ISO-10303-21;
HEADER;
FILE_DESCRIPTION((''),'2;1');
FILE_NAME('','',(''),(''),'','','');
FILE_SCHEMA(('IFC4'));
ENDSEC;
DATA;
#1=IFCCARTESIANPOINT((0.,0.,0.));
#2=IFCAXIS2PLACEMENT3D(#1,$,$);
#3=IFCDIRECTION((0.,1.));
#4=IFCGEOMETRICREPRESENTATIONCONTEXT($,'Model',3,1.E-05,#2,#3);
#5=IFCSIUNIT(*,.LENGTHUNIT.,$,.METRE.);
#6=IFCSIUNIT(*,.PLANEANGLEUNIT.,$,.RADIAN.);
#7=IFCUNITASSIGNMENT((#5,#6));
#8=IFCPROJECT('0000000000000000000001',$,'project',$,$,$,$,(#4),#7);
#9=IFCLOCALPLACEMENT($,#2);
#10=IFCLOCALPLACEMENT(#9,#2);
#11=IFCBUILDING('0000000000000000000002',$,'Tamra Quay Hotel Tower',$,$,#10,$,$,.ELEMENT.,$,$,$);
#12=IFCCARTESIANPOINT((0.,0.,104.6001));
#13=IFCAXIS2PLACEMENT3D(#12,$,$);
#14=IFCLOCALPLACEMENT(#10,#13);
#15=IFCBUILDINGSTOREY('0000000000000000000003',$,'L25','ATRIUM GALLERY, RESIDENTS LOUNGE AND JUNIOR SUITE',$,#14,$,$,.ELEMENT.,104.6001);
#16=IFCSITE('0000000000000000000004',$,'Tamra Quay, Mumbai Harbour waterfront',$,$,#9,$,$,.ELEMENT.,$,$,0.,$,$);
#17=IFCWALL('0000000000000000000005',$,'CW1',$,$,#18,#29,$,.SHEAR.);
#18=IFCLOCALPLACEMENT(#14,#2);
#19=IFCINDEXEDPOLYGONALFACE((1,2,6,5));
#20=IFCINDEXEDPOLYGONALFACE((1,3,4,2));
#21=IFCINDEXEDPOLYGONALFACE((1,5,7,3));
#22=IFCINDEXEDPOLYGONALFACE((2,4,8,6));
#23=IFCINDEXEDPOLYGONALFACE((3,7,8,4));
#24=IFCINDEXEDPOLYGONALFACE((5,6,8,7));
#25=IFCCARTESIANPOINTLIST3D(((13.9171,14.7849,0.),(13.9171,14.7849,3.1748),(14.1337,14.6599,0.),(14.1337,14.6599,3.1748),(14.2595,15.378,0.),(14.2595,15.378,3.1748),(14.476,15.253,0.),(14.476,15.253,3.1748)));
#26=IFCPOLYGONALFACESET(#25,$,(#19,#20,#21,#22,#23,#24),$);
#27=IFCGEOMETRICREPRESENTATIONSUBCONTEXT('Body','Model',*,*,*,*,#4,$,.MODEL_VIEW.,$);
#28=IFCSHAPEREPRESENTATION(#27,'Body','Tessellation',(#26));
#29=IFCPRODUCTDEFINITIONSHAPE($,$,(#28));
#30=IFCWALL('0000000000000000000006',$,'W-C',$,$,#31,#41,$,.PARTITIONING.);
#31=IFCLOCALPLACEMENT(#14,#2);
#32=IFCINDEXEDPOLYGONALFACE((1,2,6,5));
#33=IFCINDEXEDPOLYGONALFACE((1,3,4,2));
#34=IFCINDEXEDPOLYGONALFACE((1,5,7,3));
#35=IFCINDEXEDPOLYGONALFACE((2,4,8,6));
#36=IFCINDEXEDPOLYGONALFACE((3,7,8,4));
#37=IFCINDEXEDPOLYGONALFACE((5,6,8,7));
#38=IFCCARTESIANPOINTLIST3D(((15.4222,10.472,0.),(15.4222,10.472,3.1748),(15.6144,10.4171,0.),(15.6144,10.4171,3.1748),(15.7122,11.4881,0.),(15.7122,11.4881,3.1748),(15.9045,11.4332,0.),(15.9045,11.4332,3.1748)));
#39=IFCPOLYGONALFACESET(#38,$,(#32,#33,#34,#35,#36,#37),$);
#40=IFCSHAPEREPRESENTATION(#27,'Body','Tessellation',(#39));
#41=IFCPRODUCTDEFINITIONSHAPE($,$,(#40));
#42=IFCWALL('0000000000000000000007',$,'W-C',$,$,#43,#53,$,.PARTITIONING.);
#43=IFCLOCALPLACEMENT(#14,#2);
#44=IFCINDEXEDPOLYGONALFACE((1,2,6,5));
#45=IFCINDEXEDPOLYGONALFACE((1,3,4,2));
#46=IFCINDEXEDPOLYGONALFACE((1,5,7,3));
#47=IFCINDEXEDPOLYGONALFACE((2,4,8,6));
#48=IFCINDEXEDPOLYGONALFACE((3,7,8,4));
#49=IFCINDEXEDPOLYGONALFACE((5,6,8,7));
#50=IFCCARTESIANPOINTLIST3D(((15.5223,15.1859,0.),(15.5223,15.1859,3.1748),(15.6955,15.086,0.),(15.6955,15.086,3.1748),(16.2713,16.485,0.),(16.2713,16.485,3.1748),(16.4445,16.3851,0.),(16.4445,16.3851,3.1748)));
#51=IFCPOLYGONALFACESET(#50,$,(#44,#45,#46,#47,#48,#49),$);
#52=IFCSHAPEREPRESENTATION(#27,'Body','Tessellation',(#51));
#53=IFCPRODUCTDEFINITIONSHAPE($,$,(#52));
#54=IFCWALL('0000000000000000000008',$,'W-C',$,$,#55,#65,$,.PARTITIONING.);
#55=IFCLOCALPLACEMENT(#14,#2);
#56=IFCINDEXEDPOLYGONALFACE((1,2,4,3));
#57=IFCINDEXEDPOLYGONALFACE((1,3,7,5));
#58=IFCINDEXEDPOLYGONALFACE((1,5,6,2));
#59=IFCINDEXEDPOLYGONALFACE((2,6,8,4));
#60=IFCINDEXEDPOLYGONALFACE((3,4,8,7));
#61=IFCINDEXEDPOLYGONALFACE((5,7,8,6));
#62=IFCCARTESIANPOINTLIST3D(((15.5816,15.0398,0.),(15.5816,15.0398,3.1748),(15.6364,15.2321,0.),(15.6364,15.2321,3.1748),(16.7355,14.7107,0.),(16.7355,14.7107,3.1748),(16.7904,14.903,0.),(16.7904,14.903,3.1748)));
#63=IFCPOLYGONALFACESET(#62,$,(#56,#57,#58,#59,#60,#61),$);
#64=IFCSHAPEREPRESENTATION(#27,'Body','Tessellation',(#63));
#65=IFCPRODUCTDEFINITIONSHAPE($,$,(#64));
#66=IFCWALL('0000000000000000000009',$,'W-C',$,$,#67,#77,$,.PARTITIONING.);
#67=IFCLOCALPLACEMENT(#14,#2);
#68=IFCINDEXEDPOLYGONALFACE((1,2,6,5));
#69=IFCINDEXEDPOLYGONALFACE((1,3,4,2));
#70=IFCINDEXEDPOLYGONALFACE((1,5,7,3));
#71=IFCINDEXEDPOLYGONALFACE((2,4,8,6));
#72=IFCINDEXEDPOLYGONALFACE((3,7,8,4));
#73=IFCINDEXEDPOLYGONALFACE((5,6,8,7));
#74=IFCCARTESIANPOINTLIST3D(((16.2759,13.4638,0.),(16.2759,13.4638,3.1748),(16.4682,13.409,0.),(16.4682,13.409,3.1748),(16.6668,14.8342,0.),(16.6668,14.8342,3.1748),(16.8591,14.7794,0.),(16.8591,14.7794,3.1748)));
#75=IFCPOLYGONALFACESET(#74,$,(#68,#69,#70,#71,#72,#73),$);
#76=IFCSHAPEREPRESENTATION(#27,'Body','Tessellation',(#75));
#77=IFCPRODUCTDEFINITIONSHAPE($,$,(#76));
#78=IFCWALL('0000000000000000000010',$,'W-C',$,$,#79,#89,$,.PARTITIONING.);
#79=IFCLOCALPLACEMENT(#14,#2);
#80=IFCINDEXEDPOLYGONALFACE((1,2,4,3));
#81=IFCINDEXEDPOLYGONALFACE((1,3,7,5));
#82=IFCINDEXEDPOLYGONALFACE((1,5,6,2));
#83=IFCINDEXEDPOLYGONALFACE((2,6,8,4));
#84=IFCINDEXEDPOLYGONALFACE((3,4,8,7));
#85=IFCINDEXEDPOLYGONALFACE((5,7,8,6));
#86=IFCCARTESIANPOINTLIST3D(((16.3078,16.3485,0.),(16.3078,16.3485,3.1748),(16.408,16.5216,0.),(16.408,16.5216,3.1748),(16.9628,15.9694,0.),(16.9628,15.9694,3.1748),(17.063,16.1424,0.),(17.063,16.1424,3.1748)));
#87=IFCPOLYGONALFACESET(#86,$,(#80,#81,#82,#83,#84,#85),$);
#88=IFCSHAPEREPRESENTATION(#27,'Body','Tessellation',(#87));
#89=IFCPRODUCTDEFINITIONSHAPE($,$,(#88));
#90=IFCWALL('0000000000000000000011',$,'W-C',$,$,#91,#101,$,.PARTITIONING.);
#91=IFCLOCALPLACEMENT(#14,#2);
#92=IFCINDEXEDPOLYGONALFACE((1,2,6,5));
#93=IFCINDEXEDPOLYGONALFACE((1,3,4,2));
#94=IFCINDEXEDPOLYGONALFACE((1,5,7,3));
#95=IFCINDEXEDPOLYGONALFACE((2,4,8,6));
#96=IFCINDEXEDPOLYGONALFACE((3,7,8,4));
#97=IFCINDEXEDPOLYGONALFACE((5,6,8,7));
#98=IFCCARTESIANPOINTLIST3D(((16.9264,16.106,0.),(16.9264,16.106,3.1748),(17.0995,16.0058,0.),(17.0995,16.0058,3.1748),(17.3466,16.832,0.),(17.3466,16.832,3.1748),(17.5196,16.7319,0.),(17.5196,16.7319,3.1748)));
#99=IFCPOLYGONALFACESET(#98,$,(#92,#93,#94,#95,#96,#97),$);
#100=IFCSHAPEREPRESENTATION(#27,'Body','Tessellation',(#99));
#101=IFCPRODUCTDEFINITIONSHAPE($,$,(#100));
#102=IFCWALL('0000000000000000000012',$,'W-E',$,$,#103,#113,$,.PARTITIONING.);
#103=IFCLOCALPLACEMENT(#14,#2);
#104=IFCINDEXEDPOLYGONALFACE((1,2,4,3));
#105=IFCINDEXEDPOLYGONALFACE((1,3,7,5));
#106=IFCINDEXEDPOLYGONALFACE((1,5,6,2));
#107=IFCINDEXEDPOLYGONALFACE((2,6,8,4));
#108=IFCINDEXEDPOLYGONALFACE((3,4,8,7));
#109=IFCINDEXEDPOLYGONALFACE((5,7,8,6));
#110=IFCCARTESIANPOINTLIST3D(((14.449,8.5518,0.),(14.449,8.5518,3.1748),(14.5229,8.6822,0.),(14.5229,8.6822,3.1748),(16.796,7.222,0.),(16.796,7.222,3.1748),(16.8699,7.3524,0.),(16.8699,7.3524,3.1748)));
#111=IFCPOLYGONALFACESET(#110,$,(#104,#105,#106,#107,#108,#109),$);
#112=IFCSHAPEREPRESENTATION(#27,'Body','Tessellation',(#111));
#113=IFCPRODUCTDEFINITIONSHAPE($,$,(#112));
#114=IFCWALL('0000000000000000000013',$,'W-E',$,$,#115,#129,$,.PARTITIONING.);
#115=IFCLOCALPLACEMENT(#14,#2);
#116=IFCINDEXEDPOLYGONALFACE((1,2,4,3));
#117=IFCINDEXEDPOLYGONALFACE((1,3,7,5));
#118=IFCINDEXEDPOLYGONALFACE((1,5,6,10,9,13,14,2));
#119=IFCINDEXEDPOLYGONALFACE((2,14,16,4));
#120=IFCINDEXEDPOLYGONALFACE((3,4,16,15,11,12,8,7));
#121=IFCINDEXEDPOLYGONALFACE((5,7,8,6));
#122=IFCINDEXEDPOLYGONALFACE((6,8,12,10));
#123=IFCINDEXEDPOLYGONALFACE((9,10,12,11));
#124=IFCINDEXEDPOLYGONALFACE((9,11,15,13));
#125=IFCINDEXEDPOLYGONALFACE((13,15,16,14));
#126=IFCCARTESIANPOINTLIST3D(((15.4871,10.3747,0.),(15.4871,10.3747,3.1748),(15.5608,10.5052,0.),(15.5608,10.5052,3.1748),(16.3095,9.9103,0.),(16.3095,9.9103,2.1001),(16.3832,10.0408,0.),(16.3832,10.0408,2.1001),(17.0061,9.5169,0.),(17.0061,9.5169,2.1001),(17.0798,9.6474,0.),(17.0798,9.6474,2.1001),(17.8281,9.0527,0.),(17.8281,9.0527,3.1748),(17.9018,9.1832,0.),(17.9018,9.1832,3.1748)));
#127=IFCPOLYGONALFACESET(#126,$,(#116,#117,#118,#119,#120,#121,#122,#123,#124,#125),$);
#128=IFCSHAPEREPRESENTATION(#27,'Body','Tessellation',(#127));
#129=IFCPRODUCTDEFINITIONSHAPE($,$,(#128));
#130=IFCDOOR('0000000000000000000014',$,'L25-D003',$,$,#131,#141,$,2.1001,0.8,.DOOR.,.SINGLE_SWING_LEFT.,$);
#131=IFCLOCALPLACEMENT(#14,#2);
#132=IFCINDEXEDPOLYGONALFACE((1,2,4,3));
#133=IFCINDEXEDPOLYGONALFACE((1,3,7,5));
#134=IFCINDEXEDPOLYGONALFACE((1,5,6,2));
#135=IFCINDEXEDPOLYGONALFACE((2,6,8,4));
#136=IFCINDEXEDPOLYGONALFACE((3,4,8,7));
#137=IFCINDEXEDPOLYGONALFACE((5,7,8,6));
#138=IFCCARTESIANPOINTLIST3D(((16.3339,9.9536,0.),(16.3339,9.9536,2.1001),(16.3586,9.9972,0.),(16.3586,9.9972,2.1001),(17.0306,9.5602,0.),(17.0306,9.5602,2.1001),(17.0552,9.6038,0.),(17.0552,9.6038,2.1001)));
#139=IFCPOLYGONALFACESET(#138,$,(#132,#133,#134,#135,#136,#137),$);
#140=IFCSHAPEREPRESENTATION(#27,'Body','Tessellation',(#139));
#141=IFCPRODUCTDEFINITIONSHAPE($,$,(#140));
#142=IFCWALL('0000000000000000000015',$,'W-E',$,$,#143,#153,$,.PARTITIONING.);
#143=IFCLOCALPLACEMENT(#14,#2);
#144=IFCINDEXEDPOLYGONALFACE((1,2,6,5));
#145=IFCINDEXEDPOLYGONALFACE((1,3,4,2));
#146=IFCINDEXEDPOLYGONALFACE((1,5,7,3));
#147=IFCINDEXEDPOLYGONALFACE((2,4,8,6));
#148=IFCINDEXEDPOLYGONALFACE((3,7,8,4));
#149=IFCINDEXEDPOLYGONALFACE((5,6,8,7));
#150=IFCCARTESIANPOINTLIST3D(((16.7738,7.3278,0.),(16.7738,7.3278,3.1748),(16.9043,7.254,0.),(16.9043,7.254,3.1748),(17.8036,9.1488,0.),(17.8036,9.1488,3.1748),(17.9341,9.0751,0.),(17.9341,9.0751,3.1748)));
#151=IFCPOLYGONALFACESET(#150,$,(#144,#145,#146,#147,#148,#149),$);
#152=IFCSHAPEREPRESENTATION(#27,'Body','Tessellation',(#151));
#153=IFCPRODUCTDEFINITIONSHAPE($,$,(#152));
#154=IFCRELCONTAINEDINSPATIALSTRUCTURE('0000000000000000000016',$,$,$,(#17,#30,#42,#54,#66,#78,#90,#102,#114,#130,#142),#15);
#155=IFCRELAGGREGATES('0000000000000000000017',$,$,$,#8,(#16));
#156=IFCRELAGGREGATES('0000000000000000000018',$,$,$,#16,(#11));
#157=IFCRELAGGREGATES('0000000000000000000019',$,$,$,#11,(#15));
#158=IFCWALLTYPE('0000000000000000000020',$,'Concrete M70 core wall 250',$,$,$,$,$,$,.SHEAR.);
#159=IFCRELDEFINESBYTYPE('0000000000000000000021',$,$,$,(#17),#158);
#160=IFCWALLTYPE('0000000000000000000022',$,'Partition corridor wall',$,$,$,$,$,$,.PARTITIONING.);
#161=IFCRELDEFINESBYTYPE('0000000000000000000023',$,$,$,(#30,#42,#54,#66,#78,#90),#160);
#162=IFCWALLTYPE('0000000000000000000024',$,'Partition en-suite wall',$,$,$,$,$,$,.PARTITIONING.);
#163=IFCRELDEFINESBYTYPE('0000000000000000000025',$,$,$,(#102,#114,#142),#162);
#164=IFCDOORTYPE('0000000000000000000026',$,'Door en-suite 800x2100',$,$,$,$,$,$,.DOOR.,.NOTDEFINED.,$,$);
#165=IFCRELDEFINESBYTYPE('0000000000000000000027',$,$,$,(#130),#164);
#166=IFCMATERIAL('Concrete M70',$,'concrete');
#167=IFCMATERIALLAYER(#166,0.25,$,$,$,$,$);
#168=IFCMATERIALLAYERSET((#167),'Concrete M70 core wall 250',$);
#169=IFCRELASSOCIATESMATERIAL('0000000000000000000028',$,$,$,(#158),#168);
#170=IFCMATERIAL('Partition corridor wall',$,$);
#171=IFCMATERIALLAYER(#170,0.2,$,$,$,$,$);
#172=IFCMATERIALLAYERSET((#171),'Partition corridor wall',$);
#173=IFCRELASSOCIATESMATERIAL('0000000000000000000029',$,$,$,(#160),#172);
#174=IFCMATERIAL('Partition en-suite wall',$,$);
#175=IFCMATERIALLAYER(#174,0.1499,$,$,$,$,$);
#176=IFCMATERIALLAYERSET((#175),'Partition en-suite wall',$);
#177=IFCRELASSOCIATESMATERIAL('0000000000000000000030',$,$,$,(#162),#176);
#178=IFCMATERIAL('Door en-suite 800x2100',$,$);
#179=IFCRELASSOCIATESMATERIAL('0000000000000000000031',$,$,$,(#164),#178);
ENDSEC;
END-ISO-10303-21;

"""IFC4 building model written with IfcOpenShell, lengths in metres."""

from ifc_helpers import new_model, si_unit, direction, frame, frame_2d, origin, place, context, subcontext, project, spatial, rectangle, extrude, material, layer, layer_set, type_object, element, fill, save


model = new_model("IFC4")

# Units and contexts
model_context = context("Model", 3, precision=1e-05, world=origin(), true_north=direction((0.0, 1.0)))
body_context = subcontext(model_context, "Body", "Model", "MODEL_VIEW")
ifc_project = project(units=[si_unit("LENGTHUNIT", "METRE"), si_unit("PLANEANGLEUNIT", "RADIAN")], contexts=[model_context])

# Site, building, storey
site_placement = place(None, origin())
site = spatial("IfcSite", under=ifc_project, at=site_placement, Name="Tamra Quay, Mumbai Harbour waterfront", CompositionType="ELEMENT", RefElevation=0.0)
building_placement = place(site_placement, origin())
building = spatial("IfcBuilding", under=site, at=building_placement, Name="Tamra Quay Hotel Tower", CompositionType="ELEMENT")
storey_placement = place(building_placement, frame((0.0, 0.0, 104.6001)))
storey = spatial("IfcBuildingStorey", under=building, at=storey_placement, Name="L25", Description="ATRIUM GALLERY, RESIDENTS LOUNGE AND JUNIOR SUITE", CompositionType="ELEMENT", Elevation=104.6001)

# Shared definitions
ifc_material_1 = material(Name="Concrete M70", Category="concrete")

# Shared definitions
ifc_layer_1 = layer(ifc_material_1, 0.25)
ifc_layer_set_1 = layer_set([ifc_layer_1], Name="Concrete M70 core wall 250")
wall_type_1 = type_object("IfcWallType", Name="Concrete M70 core wall 250", PredefinedType="SHEAR", material=ifc_layer_set_1)

# Walls
wall_1_placement = place(storey_placement, frame((14.3677, 15.3154, 0.0), z_axis=(0.0, 0.0, 1.0), x_axis=(-0.499897, -0.866085, 0.0)))
element("IfcWall", 1, at=wall_1_placement, inside=storey, type_object=wall_type_1, Name="CW1", PredefinedType="SHEAR", context=body_context, shape_type="SweptSolid", body=[
    extrude(rectangle(XDim=0.6848, YDim=0.25, at=frame_2d((0.3423, 0.0))), origin(), (0.0, 0.0, 1.0), 3.1748),
])
ifc_material_2 = material(Name="Partition corridor wall")
ifc_layer_2 = layer(ifc_material_2, 0.2)
ifc_layer_set_2 = layer_set([ifc_layer_2], Name="Partition corridor wall")
wall_type_2 = type_object("IfcWallType", Name="Partition corridor wall", PredefinedType="PARTITIONING", material=ifc_layer_set_2)
wall_2_placement = place(storey_placement, frame((15.5183, 10.4446, 0.0), z_axis=(0.0, 0.0, 1.0), x_axis=(0.274477, 0.961594, 0.0)))
element("IfcWall", 2, at=wall_2_placement, inside=storey, type_object=wall_type_2, Name="W-C", PredefinedType="PARTITIONING", context=body_context, shape_type="SweptSolid", body=[
    extrude(rectangle(XDim=1.0566, YDim=0.2, at=frame_2d((0.5283, 0.0))), origin(), (0.0, 0.0, 1.0), 3.1748),
])
wall_3_placement = place(storey_placement, frame((15.6089, 15.136, 0.0), z_axis=(0.0, 0.0, 1.0), x_axis=(0.499502, 0.866313, 0.0)))
element("IfcWall", 3, at=wall_3_placement, inside=storey, type_object=wall_type_2, Name="W-C", PredefinedType="PARTITIONING", context=body_context, shape_type="SweptSolid", body=[
    extrude(rectangle(XDim=1.4995, YDim=0.2, at=frame_2d((0.7498, 0.0))), origin(), (0.0, 0.0, 1.0), 3.1748),
])
wall_4_placement = place(storey_placement, frame((15.6089, 15.136, 0.0), z_axis=(0.0, 0.0, 1.0), x_axis=(0.961662, -0.274237, 0.0)))
element("IfcWall", 4, at=wall_4_placement, inside=storey, type_object=wall_type_2, Name="W-C", PredefinedType="PARTITIONING", context=body_context, shape_type="SweptSolid", body=[
    extrude(rectangle(XDim=1.2, YDim=0.2, at=frame_2d((0.6001, 0.0))), origin(), (0.0, 0.0, 1.0), 3.1748),
])
wall_5_placement = place(storey_placement, frame((16.3721, 13.4365, 0.0), z_axis=(0.0, 0.0, 1.0), x_axis=(0.274291, 0.961647, 0.0)))
element("IfcWall", 5, at=wall_5_placement, inside=storey, type_object=wall_type_2, Name="W-C", PredefinedType="PARTITIONING", context=body_context, shape_type="SweptSolid", body=[
    extrude(rectangle(XDim=1.425, YDim=0.2, at=frame_2d((0.7124, 0.0))), origin(), (0.0, 0.0, 1.0), 3.1748),
])
wall_6_placement = place(storey_placement, frame((16.3579, 16.4351, 0.0), z_axis=(0.0, 0.0, 1.0), x_axis=(0.86547, -0.50096, 0.0)))
element("IfcWall", 6, at=wall_6_placement, inside=storey, type_object=wall_type_2, Name="W-C", PredefinedType="PARTITIONING", context=body_context, shape_type="SweptSolid", body=[
    extrude(rectangle(XDim=0.7568, YDim=0.2, at=frame_2d((0.3784, 0.0))), origin(), (0.0, 0.0, 1.0), 3.1748),
])
wall_7_placement = place(storey_placement, frame((17.0129, 16.0559, 0.0), z_axis=(0.0, 0.0, 1.0), x_axis=(0.500864, 0.865526, 0.0)))
element("IfcWall", 7, at=wall_7_placement, inside=storey, type_object=wall_type_2, Name="W-C", PredefinedType="PARTITIONING", context=body_context, shape_type="SweptSolid", body=[
    extrude(rectangle(XDim=0.8389, YDim=0.2, at=frame_2d((0.4194, 0.0))), origin(), (0.0, 0.0, 1.0), 3.1748),
])
ifc_material_3 = material(Name="Partition en-suite wall")
ifc_layer_3 = layer(ifc_material_3, 0.1499)
ifc_layer_set_3 = layer_set([ifc_layer_3], Name="Partition en-suite wall")
wall_type_3 = type_object("IfcWallType", Name="Partition en-suite wall", PredefinedType="PARTITIONING", material=ifc_layer_set_3)
wall_8_placement = place(storey_placement, frame((14.4861, 8.6169, 0.0), z_axis=(0.0, 0.0, 1.0), x_axis=(0.870036, -0.492987, 0.0)))
element("IfcWall", 8, at=wall_8_placement, inside=storey, type_object=wall_type_3, Name="W-E", PredefinedType="PARTITIONING", context=body_context, shape_type="SweptSolid", body=[
    extrude(rectangle(XDim=2.6975, YDim=0.1499, at=frame_2d((1.3486, 0.0))), origin(), (0.0, 0.0, 1.0), 3.1748),
])

# Wall, opening, door
wall_9_placement = place(storey_placement, frame((15.5239, 10.4399, 0.0), z_axis=(0.0, 0.0, 1.0), x_axis=(0.870752, -0.491722, 0.0)))
wall_9 = element("IfcWall", 9, at=wall_9_placement, inside=storey, type_object=wall_type_3, Name="W-E", PredefinedType="PARTITIONING", context=body_context, shape_type="SweptSolid", body=[
    extrude(rectangle(XDim=2.6885, YDim=0.1499, at=frame_2d((1.3442, 0.0))), origin(), (0.0, 0.0, 1.0), 3.1748),
])
opening_1_placement = place(wall_9_placement, frame((0.9446, 0.0, 0.0)))
opening_1 = element("IfcOpeningElement", 10, at=opening_1_placement, cuts=wall_9, PredefinedType="OPENING", context=body_context, shape_type="SweptSolid", body=[
    extrude(rectangle(XDim=0.8, YDim=2.1001, at=frame_2d((0.3999, 1.05))), frame((0.0, 0.085, 0.0), z_axis=(0.0, -1.0, 0.0), x_axis=(1.0, 0.0, 0.0)), (0.0, 0.0, 1.0), 0.1699),
])
ifc_material_4 = material(Name="Door en-suite 800x2100")
door_type_1 = type_object("IfcDoorType", Name="Door en-suite 800x2100", OperationType="NOTDEFINED", PredefinedType="DOOR", material=ifc_material_4)
door_1_placement = place(opening_1_placement, origin())
door_1 = element("IfcDoor", 11, at=door_1_placement, inside=storey, type_object=door_type_1, Name="L25-D003", OperationType="SINGLE_SWING_LEFT", OverallHeight=2.1001, OverallWidth=0.8, PredefinedType="DOOR", context=body_context, shape_type="SweptSolid", body=[
    extrude(rectangle(XDim=0.8, YDim=2.1001, at=frame_2d((0.3999, 1.05))), frame((0.0, 0.0249, 0.0), z_axis=(0.0, -1.0, 0.0), x_axis=(1.0, 0.0, 0.0)), (0.0, 0.0, 1.0), 0.05),
])
fill(opening_1, door_1)

# Wall
wall_10_placement = place(storey_placement, frame((16.8391, 7.291, 0.0), z_axis=(0.0, 0.0, 1.0), x_axis=(0.492238, 0.870461, 0.0)))
element("IfcWall", 12, at=wall_10_placement, inside=storey, type_object=wall_type_3, Name="W-E", PredefinedType="PARTITIONING", context=body_context, shape_type="SweptSolid", body=[
    extrude(rectangle(XDim=2.092, YDim=0.1499, at=frame_2d((1.0459, 0.0))), origin(), (0.0, 0.0, 1.0), 3.1748),
])

save(model, "model.ifc")
